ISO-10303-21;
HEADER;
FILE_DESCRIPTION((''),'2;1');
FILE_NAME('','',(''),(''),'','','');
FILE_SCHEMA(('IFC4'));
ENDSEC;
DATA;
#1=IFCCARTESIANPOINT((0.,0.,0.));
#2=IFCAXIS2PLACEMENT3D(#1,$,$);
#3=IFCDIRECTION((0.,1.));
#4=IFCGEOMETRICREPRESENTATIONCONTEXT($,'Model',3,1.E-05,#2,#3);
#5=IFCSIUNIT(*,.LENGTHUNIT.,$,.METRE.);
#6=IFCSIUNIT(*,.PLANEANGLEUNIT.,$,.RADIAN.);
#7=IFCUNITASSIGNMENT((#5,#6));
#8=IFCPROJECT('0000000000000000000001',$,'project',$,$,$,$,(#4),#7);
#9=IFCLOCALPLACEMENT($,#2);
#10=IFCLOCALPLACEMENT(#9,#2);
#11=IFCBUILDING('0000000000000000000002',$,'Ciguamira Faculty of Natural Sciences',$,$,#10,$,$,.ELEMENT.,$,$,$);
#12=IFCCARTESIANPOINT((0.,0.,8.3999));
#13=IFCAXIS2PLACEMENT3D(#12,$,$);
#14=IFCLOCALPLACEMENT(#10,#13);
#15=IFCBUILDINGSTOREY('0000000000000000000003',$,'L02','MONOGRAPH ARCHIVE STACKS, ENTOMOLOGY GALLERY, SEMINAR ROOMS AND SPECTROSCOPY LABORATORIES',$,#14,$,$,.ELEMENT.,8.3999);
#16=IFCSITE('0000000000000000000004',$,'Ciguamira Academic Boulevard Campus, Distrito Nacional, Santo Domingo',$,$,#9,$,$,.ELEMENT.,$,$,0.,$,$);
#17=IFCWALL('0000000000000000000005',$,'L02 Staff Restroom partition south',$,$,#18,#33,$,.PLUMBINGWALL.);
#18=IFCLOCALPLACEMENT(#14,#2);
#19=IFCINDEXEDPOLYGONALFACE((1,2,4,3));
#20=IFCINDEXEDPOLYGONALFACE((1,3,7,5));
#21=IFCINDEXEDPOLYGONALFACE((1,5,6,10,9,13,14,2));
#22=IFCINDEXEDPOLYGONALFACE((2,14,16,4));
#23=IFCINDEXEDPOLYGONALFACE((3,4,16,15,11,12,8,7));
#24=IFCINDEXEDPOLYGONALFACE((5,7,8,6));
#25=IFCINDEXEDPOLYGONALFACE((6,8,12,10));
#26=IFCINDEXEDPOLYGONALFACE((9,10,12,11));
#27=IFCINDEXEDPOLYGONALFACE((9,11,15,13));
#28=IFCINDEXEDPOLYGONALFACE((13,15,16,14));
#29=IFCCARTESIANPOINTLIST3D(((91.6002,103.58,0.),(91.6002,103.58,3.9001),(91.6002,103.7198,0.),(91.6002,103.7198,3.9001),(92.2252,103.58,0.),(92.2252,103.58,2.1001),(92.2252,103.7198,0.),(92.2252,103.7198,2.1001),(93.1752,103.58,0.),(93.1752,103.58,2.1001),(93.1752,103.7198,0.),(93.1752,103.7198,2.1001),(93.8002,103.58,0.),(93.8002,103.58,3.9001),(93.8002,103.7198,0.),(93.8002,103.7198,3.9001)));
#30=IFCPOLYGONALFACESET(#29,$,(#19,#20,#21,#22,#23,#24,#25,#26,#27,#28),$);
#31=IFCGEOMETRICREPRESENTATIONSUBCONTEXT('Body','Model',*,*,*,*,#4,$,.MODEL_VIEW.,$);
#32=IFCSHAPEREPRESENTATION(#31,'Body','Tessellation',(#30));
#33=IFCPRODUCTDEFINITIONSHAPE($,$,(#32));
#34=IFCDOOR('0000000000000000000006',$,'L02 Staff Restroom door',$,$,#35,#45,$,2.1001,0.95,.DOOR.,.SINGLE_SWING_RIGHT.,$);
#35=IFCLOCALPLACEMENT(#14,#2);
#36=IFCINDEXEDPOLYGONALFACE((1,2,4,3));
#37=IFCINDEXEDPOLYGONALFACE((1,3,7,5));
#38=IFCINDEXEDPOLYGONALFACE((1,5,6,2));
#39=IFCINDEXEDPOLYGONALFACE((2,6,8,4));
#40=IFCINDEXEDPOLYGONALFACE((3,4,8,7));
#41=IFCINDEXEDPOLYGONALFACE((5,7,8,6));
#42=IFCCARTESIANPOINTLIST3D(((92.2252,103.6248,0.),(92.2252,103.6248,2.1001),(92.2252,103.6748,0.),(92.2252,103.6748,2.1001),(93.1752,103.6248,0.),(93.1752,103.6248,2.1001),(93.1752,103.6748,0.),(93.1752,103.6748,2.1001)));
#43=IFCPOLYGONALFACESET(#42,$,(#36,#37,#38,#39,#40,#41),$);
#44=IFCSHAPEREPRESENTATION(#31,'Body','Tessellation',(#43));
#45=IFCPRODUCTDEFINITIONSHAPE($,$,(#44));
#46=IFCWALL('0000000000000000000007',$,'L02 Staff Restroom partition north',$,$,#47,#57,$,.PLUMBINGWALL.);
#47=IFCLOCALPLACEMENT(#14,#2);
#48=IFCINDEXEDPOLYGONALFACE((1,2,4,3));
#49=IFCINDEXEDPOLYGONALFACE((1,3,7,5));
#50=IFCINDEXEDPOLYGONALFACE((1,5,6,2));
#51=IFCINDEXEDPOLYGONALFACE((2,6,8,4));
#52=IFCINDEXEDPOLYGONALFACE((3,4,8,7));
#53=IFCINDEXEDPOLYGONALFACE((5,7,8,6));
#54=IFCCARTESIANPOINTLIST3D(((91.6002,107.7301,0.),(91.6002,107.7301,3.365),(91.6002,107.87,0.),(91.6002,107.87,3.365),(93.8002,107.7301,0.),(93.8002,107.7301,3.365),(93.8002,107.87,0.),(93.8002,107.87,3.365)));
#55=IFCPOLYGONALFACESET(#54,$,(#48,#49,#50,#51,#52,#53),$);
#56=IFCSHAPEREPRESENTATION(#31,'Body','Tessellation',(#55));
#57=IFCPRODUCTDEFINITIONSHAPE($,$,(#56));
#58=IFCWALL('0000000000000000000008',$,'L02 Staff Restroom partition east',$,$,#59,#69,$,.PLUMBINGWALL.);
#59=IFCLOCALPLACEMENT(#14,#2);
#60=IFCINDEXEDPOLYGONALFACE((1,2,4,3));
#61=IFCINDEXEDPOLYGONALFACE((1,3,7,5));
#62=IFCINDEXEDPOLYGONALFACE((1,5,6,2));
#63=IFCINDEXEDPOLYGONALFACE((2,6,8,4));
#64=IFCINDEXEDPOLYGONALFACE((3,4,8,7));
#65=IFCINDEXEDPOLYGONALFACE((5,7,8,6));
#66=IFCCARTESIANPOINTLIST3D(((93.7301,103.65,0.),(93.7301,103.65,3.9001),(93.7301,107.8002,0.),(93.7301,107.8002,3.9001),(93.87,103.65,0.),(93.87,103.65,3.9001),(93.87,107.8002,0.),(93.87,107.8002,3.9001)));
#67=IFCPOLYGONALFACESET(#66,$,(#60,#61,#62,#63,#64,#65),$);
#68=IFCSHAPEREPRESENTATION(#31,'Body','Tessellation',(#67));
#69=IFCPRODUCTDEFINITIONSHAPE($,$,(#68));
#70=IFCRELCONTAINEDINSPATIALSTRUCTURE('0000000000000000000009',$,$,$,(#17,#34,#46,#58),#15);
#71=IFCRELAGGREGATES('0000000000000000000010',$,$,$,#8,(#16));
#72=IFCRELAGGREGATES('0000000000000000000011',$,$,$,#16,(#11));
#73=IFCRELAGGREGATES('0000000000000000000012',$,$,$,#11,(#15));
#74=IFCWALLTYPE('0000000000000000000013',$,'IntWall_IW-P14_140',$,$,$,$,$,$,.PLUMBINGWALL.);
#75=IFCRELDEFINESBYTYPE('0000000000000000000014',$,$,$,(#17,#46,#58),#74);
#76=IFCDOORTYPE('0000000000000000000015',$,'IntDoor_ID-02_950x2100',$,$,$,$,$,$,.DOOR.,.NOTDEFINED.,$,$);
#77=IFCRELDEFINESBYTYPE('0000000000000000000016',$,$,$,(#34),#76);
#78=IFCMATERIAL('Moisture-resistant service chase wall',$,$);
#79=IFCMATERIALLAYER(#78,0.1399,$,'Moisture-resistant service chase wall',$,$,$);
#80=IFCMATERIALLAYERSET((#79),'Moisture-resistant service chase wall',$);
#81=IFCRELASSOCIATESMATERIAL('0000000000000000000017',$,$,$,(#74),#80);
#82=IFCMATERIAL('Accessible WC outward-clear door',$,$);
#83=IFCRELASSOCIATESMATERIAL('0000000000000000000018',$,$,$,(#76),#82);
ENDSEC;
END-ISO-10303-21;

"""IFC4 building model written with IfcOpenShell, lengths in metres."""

from ifc_helpers import new_model, si_unit, direction, frame, frame_2d, origin, place, context, subcontext, project, spatial, rectangle, extrude, material, layer, layer_set, type_object, element, fill, save


model = new_model("IFC4")

# Units and contexts
model_context = context("Model", 3, precision=1e-05, world=origin(), true_north=direction((0.0, 1.0)))
body_context = subcontext(model_context, "Body", "Model", "MODEL_VIEW")
ifc_project = project(units=[si_unit("LENGTHUNIT", "METRE"), si_unit("PLANEANGLEUNIT", "RADIAN")], contexts=[model_context])

# Site, building, storey
site_placement = place(None, origin())
site = spatial("IfcSite", under=ifc_project, at=site_placement, Name="Ciguamira Academic Boulevard Campus, Distrito Nacional, Santo Domingo", CompositionType="ELEMENT", RefElevation=0.0)
building_placement = place(site_placement, origin())
building = spatial("IfcBuilding", under=site, at=building_placement, Name="Ciguamira Faculty of Natural Sciences", CompositionType="ELEMENT")
storey_placement = place(building_placement, frame((0.0, 0.0, 8.3999)))
storey = spatial("IfcBuildingStorey", under=building, at=storey_placement, Name="L02", Description="MONOGRAPH ARCHIVE STACKS, ENTOMOLOGY GALLERY, SEMINAR ROOMS AND SPECTROSCOPY LABORATORIES", CompositionType="ELEMENT", Elevation=8.3999)

# Shared definitions
ifc_material_1 = material(Name="Moisture-resistant service chase wall")
ifc_layer_1 = layer(ifc_material_1, 0.1399, Name="Moisture-resistant service chase wall")
ifc_layer_set_1 = layer_set([ifc_layer_1], Name="Moisture-resistant service chase wall")
wall_type_1 = type_object("IfcWallType", Name="IntWall_IW-P14_140", PredefinedType="PLUMBINGWALL", material=ifc_layer_set_1)

# Shared definitions
ifc_material_2 = material(Name="Accessible WC outward-clear door")
door_type_1 = type_object("IfcDoorType", Name="IntDoor_ID-02_950x2100", OperationType="NOTDEFINED", PredefinedType="DOOR", material=ifc_material_2)

# Wall, opening, door
wall_1_placement = place(storey_placement, frame((91.6001, 103.6499, 0.0), z_axis=(0.0, 0.0, 1.0), x_axis=(1.0, 0.0, 0.0)))
wall_1 = element("IfcWall", 1, at=wall_1_placement, inside=storey, type_object=wall_type_1, Name="L02 Staff Restroom partition south", PredefinedType="PLUMBINGWALL", context=body_context, shape_type="SweptSolid", body=[
    extrude(rectangle(XDim=2.2, YDim=0.1399, at=frame_2d((1.1001, 0.0))), origin(), (0.0, 0.0, 1.0), 3.9001),
])
opening_1_placement = place(wall_1_placement, frame((0.625, 0.0, 0.0)))
opening_1 = element("IfcOpeningElement", 2, at=opening_1_placement, cuts=wall_1, PredefinedType="OPENING", context=body_context, shape_type="SweptSolid", body=[
    extrude(rectangle(XDim=0.95, YDim=2.1001, at=frame_2d((0.4751, 1.05))), frame((0.0, 0.0798, 0.0), z_axis=(0.0, -1.0, 0.0), x_axis=(1.0, 0.0, 0.0)), (0.0, 0.0, 1.0), 0.1599),
])
door_1_placement = place(opening_1_placement, origin())
door_1 = element("IfcDoor", 3, at=door_1_placement, inside=storey, type_object=door_type_1, Name="L02 Staff Restroom door", OperationType="SINGLE_SWING_RIGHT", OverallHeight=2.1001, OverallWidth=0.95, PredefinedType="DOOR", context=body_context, shape_type="SweptSolid", body=[
    extrude(rectangle(XDim=0.95, YDim=2.1001, at=frame_2d((0.4751, 1.05))), frame((0.0, 0.0249, 0.0), z_axis=(0.0, -1.0, 0.0), x_axis=(1.0, 0.0, 0.0)), (0.0, 0.0, 1.0), 0.05),
])
fill(opening_1, door_1)

# Walls
wall_2_placement = place(storey_placement, frame((91.6001, 107.8, 0.0), z_axis=(0.0, 0.0, 1.0), x_axis=(1.0, 0.0, 0.0)))
element("IfcWall", 4, at=wall_2_placement, inside=storey, type_object=wall_type_1, Name="L02 Staff Restroom partition north", PredefinedType="PLUMBINGWALL", context=body_context, shape_type="SweptSolid", body=[
    extrude(rectangle(XDim=2.2, YDim=0.1399, at=frame_2d((1.1001, 0.0))), origin(), (0.0, 0.0, 1.0), 3.365),
])
wall_3_placement = place(storey_placement, frame((93.8, 103.6499, 0.0), z_axis=(0.0, 0.0, 1.0), x_axis=(0.0, 1.0, 0.0)))
element("IfcWall", 5, at=wall_3_placement, inside=storey, type_object=wall_type_1, Name="L02 Staff Restroom partition east", PredefinedType="PLUMBINGWALL", context=body_context, shape_type="SweptSolid", body=[
    extrude(rectangle(XDim=4.1501, YDim=0.1399, at=frame_2d((2.0752, 0.0))), origin(), (0.0, 0.0, 1.0), 3.9001),
])

save(model, "model.ifc")
